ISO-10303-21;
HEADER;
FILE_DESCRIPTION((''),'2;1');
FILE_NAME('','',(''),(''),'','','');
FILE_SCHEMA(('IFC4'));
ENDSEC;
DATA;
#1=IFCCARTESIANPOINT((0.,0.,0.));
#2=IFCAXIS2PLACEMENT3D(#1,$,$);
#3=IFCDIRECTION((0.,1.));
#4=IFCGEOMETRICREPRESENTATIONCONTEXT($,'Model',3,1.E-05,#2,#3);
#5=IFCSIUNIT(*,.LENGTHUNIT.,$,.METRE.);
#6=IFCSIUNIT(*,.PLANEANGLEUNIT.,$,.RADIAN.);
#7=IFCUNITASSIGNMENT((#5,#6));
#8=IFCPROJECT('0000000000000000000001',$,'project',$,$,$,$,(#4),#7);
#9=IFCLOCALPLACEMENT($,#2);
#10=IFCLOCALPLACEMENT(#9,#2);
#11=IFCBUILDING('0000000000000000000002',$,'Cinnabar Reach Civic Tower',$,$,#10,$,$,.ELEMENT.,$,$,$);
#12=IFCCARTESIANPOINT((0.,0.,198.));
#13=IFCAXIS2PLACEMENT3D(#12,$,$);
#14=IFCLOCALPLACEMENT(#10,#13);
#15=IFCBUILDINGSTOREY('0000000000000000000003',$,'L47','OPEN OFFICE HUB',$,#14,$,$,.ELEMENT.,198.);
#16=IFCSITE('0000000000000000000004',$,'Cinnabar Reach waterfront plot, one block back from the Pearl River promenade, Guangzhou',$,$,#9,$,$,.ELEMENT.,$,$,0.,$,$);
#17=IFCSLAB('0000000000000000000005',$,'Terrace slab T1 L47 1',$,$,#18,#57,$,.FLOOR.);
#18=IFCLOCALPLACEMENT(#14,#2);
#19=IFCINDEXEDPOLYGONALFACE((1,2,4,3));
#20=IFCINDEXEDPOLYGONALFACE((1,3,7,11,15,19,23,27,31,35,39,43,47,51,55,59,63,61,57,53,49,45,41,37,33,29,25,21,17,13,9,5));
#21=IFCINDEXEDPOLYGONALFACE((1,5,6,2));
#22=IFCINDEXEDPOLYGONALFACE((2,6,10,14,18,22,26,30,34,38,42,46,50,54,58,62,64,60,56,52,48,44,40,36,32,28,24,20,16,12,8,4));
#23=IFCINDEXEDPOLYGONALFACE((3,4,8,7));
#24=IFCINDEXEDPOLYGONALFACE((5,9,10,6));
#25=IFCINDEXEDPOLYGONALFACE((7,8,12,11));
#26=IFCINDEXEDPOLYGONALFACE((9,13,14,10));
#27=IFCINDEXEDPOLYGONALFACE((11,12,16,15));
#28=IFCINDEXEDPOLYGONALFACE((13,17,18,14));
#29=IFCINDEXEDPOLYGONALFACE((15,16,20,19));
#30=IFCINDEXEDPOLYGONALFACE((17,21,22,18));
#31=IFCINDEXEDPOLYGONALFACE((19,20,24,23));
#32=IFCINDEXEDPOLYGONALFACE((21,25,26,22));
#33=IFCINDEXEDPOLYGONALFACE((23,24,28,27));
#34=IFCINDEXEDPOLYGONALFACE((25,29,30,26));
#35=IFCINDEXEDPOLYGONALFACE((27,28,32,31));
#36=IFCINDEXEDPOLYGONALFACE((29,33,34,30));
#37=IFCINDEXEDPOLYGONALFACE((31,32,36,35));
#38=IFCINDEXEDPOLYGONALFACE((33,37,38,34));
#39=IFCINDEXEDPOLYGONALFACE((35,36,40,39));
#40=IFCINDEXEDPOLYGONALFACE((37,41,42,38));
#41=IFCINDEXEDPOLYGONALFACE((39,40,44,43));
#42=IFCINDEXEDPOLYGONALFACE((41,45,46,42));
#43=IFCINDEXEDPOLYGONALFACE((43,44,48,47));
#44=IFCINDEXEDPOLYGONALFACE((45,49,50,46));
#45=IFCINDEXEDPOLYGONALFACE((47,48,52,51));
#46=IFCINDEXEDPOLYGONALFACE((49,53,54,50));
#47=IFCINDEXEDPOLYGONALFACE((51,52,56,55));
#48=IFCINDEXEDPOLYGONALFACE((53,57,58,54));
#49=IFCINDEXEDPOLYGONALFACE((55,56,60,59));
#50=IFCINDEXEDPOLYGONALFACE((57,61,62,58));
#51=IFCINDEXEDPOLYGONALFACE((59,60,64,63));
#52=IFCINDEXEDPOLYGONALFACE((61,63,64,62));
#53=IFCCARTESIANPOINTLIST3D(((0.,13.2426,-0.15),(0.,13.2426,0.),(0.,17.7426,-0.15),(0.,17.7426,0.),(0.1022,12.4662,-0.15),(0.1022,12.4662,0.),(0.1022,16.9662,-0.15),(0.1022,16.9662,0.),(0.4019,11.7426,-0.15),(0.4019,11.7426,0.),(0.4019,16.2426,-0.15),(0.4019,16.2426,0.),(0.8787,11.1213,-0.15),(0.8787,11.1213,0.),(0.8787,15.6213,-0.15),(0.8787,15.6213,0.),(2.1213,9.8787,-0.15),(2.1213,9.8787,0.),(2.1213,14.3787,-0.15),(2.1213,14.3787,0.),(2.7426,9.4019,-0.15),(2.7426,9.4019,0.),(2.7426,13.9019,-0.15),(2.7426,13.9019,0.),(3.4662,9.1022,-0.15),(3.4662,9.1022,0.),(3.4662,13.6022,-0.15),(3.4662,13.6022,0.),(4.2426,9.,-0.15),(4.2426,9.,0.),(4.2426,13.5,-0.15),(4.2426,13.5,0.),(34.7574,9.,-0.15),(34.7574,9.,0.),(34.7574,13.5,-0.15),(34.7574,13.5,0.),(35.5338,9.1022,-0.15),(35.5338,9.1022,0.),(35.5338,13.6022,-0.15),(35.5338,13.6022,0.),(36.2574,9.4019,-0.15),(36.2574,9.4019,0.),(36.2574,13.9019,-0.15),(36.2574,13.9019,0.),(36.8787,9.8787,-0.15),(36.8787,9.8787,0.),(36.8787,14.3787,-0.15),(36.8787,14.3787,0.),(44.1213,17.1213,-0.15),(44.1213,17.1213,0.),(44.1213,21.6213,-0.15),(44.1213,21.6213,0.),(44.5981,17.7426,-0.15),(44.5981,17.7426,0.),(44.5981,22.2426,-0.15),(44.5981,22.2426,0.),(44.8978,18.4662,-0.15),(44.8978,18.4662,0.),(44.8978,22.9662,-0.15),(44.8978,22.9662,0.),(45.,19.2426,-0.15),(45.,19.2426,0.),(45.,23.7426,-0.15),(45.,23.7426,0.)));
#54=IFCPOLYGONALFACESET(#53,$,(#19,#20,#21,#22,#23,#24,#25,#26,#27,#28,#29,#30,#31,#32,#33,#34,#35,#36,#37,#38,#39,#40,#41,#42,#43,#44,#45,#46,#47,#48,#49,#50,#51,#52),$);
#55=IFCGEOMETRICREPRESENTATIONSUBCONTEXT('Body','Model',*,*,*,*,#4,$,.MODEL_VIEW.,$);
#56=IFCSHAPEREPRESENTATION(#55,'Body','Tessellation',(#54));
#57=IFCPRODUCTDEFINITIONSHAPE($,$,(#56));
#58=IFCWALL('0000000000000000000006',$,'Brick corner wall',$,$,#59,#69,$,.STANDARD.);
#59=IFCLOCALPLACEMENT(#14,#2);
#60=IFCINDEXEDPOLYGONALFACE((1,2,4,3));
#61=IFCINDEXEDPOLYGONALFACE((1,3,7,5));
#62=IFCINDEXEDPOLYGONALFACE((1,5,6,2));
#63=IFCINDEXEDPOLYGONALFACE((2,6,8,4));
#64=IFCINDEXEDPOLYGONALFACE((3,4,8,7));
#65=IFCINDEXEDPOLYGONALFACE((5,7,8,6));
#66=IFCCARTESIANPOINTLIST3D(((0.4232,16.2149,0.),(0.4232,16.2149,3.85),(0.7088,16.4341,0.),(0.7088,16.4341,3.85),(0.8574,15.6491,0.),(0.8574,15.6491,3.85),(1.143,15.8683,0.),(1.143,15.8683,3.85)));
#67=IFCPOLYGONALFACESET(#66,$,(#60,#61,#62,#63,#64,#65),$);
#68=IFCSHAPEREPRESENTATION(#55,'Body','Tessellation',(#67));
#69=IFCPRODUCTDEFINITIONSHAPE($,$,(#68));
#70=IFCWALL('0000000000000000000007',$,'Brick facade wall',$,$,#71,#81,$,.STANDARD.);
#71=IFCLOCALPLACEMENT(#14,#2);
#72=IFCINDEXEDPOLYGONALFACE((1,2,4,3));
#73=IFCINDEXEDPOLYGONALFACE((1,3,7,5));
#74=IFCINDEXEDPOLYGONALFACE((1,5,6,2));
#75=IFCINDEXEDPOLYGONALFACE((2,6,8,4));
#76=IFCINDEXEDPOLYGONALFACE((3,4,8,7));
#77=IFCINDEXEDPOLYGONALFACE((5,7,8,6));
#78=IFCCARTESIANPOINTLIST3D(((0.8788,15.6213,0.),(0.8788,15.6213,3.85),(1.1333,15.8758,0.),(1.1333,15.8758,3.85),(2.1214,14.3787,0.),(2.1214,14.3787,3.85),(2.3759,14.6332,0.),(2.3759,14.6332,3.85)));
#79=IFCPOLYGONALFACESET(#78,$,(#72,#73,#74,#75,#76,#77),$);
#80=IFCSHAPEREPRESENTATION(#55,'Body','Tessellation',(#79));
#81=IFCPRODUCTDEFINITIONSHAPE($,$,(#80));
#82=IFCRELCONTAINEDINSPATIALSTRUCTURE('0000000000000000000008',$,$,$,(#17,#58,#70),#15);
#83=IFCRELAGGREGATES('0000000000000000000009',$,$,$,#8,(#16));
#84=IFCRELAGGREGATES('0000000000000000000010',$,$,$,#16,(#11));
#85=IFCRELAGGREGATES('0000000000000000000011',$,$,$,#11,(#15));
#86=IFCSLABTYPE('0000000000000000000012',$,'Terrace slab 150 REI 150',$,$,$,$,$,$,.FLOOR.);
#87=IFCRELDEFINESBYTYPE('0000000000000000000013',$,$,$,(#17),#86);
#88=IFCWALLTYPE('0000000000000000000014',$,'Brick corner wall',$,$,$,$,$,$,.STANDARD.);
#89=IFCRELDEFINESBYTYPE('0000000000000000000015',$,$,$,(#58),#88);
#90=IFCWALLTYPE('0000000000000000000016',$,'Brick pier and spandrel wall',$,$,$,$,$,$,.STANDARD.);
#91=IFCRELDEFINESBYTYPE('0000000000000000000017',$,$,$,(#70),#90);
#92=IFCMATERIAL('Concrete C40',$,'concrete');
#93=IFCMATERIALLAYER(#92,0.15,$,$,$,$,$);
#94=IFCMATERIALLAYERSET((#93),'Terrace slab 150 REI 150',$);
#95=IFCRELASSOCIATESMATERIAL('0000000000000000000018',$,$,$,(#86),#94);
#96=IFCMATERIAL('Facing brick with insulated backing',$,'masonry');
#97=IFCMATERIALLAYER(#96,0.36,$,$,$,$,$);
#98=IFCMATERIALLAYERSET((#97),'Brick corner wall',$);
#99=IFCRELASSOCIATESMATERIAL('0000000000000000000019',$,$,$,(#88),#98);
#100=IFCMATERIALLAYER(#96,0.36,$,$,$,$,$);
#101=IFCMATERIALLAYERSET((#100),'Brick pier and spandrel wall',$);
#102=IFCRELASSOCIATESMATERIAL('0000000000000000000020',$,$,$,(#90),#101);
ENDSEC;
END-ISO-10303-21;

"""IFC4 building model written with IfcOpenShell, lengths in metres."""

from ifc_helpers import new_model, si_unit, direction, frame, frame_2d, origin, place, context, subcontext, project, spatial, polyline, rectangle, outline, extrude, material, layer, layer_set, type_object, element, save


model = new_model("IFC4")

# Units and contexts
model_context = context("Model", 3, precision=1e-05, world=origin(), true_north=direction((0.0, 1.0)))
body_context = subcontext(model_context, "Body", "Model", "MODEL_VIEW")
ifc_project = project(units=[si_unit("LENGTHUNIT", "METRE"), si_unit("PLANEANGLEUNIT", "RADIAN")], contexts=[model_context])

# Site, building, storey
site_placement = place(None, origin())
site = spatial("IfcSite", under=ifc_project, at=site_placement, Name="Cinnabar Reach waterfront plot, one block back from the Pearl River promenade, Guangzhou", CompositionType="ELEMENT", RefElevation=0.0)
building_placement = place(site_placement, origin())
building = spatial("IfcBuilding", under=site, at=building_placement, Name="Cinnabar Reach Civic Tower", CompositionType="ELEMENT")
storey_placement = place(building_placement, frame((0.0, 0.0, 198.0)))
storey = spatial("IfcBuildingStorey", under=building, at=storey_placement, Name="L47", Description="OPEN OFFICE HUB", CompositionType="ELEMENT", Elevation=198.0)

# Shared definitions
ifc_material_1 = material(Name="Concrete C40", Category="concrete")

# Slab
ifc_layer_1 = layer(ifc_material_1, 0.15)
ifc_layer_set_1 = layer_set([ifc_layer_1], Name="Terrace slab 150 REI 150")
slab_type_1 = type_object("IfcSlabType", Name="Terrace slab 150 REI 150", PredefinedType="FLOOR", material=ifc_layer_set_1)
slab_1_placement = place(storey_placement, frame((0.0, 0.0, -0.15)))
element("IfcSlab", 1, at=slab_1_placement, inside=storey, type_object=slab_type_1, Name="Terrace slab T1 L47 1", PredefinedType="FLOOR", context=body_context, shape_type="SweptSolid", body=[
    extrude(outline(polyline([(45.0, 19.2426), (44.8978, 18.4662), (44.5981, 17.7426), (44.1213, 17.1213), (36.8787, 9.8787), (36.2574, 9.4019), (35.5338, 9.1022), (34.7574, 9.0), (4.2426, 9.0), (3.4662, 9.1022), (2.7426, 9.4019), (2.1213, 9.8787), (0.8787, 11.1213), (0.4019, 11.7426), (0.1022, 12.4662), (0.0, 13.2426), (0.0, 17.7426), (0.1022, 16.9662), (0.4019, 16.2426), (0.8787, 15.6213), (2.1213, 14.3787), (2.7426, 13.9019), (3.4662, 13.6022), (4.2426, 13.5), (34.7574, 13.5), (35.5338, 13.6022), (36.2574, 13.9019), (36.8787, 14.3787), (44.1213, 21.6213), (44.5981, 22.2426), (44.8978, 22.9662), (45.0, 23.7426), (45.0, 19.2426)])), origin(), (0.0, 0.0, 1.0), 0.15),
])

# Walls
ifc_material_2 = material(Name="Facing brick with insulated backing", Category="masonry")
ifc_layer_2 = layer(ifc_material_2, 0.36)
ifc_layer_set_2 = layer_set([ifc_layer_2], Name="Brick corner wall")
wall_type_1 = type_object("IfcWallType", Name="Brick corner wall", PredefinedType="STANDARD", material=ifc_layer_set_2)
wall_1_placement = place(storey_placement, frame((0.566, 16.3245, 0.0), z_axis=(0.0, 0.0, 1.0), x_axis=(0.608802, -0.793322, 0.0)))
element("IfcWall", 2, at=wall_1_placement, inside=storey, type_object=wall_type_1, Name="Brick corner wall", PredefinedType="STANDARD", context=body_context, shape_type="SweptSolid", body=[
    extrude(rectangle(XDim=0.7132, YDim=0.36, at=frame_2d((0.3566, 0.0))), origin(), (0.0, 0.0, 1.0), 3.85),
])
ifc_layer_3 = layer(ifc_material_2, 0.36)
ifc_layer_set_3 = layer_set([ifc_layer_3], Name="Brick pier and spandrel wall")
wall_type_2 = type_object("IfcWallType", Name="Brick pier and spandrel wall", PredefinedType="STANDARD", material=ifc_layer_set_3)
wall_2_placement = place(storey_placement, frame((1.006, 15.7486, 0.0), z_axis=(0.0, 0.0, 1.0), x_axis=(0.707107, -0.707107, 0.0)))
element("IfcWall", 3, at=wall_2_placement, inside=storey, type_object=wall_type_2, Name="Brick facade wall", PredefinedType="STANDARD", context=body_context, shape_type="SweptSolid", body=[
    extrude(rectangle(XDim=1.7573, YDim=0.36, at=frame_2d((0.8787, 0.0))), origin(), (0.0, 0.0, 1.0), 3.85),
])

save(model, "model.ifc")
